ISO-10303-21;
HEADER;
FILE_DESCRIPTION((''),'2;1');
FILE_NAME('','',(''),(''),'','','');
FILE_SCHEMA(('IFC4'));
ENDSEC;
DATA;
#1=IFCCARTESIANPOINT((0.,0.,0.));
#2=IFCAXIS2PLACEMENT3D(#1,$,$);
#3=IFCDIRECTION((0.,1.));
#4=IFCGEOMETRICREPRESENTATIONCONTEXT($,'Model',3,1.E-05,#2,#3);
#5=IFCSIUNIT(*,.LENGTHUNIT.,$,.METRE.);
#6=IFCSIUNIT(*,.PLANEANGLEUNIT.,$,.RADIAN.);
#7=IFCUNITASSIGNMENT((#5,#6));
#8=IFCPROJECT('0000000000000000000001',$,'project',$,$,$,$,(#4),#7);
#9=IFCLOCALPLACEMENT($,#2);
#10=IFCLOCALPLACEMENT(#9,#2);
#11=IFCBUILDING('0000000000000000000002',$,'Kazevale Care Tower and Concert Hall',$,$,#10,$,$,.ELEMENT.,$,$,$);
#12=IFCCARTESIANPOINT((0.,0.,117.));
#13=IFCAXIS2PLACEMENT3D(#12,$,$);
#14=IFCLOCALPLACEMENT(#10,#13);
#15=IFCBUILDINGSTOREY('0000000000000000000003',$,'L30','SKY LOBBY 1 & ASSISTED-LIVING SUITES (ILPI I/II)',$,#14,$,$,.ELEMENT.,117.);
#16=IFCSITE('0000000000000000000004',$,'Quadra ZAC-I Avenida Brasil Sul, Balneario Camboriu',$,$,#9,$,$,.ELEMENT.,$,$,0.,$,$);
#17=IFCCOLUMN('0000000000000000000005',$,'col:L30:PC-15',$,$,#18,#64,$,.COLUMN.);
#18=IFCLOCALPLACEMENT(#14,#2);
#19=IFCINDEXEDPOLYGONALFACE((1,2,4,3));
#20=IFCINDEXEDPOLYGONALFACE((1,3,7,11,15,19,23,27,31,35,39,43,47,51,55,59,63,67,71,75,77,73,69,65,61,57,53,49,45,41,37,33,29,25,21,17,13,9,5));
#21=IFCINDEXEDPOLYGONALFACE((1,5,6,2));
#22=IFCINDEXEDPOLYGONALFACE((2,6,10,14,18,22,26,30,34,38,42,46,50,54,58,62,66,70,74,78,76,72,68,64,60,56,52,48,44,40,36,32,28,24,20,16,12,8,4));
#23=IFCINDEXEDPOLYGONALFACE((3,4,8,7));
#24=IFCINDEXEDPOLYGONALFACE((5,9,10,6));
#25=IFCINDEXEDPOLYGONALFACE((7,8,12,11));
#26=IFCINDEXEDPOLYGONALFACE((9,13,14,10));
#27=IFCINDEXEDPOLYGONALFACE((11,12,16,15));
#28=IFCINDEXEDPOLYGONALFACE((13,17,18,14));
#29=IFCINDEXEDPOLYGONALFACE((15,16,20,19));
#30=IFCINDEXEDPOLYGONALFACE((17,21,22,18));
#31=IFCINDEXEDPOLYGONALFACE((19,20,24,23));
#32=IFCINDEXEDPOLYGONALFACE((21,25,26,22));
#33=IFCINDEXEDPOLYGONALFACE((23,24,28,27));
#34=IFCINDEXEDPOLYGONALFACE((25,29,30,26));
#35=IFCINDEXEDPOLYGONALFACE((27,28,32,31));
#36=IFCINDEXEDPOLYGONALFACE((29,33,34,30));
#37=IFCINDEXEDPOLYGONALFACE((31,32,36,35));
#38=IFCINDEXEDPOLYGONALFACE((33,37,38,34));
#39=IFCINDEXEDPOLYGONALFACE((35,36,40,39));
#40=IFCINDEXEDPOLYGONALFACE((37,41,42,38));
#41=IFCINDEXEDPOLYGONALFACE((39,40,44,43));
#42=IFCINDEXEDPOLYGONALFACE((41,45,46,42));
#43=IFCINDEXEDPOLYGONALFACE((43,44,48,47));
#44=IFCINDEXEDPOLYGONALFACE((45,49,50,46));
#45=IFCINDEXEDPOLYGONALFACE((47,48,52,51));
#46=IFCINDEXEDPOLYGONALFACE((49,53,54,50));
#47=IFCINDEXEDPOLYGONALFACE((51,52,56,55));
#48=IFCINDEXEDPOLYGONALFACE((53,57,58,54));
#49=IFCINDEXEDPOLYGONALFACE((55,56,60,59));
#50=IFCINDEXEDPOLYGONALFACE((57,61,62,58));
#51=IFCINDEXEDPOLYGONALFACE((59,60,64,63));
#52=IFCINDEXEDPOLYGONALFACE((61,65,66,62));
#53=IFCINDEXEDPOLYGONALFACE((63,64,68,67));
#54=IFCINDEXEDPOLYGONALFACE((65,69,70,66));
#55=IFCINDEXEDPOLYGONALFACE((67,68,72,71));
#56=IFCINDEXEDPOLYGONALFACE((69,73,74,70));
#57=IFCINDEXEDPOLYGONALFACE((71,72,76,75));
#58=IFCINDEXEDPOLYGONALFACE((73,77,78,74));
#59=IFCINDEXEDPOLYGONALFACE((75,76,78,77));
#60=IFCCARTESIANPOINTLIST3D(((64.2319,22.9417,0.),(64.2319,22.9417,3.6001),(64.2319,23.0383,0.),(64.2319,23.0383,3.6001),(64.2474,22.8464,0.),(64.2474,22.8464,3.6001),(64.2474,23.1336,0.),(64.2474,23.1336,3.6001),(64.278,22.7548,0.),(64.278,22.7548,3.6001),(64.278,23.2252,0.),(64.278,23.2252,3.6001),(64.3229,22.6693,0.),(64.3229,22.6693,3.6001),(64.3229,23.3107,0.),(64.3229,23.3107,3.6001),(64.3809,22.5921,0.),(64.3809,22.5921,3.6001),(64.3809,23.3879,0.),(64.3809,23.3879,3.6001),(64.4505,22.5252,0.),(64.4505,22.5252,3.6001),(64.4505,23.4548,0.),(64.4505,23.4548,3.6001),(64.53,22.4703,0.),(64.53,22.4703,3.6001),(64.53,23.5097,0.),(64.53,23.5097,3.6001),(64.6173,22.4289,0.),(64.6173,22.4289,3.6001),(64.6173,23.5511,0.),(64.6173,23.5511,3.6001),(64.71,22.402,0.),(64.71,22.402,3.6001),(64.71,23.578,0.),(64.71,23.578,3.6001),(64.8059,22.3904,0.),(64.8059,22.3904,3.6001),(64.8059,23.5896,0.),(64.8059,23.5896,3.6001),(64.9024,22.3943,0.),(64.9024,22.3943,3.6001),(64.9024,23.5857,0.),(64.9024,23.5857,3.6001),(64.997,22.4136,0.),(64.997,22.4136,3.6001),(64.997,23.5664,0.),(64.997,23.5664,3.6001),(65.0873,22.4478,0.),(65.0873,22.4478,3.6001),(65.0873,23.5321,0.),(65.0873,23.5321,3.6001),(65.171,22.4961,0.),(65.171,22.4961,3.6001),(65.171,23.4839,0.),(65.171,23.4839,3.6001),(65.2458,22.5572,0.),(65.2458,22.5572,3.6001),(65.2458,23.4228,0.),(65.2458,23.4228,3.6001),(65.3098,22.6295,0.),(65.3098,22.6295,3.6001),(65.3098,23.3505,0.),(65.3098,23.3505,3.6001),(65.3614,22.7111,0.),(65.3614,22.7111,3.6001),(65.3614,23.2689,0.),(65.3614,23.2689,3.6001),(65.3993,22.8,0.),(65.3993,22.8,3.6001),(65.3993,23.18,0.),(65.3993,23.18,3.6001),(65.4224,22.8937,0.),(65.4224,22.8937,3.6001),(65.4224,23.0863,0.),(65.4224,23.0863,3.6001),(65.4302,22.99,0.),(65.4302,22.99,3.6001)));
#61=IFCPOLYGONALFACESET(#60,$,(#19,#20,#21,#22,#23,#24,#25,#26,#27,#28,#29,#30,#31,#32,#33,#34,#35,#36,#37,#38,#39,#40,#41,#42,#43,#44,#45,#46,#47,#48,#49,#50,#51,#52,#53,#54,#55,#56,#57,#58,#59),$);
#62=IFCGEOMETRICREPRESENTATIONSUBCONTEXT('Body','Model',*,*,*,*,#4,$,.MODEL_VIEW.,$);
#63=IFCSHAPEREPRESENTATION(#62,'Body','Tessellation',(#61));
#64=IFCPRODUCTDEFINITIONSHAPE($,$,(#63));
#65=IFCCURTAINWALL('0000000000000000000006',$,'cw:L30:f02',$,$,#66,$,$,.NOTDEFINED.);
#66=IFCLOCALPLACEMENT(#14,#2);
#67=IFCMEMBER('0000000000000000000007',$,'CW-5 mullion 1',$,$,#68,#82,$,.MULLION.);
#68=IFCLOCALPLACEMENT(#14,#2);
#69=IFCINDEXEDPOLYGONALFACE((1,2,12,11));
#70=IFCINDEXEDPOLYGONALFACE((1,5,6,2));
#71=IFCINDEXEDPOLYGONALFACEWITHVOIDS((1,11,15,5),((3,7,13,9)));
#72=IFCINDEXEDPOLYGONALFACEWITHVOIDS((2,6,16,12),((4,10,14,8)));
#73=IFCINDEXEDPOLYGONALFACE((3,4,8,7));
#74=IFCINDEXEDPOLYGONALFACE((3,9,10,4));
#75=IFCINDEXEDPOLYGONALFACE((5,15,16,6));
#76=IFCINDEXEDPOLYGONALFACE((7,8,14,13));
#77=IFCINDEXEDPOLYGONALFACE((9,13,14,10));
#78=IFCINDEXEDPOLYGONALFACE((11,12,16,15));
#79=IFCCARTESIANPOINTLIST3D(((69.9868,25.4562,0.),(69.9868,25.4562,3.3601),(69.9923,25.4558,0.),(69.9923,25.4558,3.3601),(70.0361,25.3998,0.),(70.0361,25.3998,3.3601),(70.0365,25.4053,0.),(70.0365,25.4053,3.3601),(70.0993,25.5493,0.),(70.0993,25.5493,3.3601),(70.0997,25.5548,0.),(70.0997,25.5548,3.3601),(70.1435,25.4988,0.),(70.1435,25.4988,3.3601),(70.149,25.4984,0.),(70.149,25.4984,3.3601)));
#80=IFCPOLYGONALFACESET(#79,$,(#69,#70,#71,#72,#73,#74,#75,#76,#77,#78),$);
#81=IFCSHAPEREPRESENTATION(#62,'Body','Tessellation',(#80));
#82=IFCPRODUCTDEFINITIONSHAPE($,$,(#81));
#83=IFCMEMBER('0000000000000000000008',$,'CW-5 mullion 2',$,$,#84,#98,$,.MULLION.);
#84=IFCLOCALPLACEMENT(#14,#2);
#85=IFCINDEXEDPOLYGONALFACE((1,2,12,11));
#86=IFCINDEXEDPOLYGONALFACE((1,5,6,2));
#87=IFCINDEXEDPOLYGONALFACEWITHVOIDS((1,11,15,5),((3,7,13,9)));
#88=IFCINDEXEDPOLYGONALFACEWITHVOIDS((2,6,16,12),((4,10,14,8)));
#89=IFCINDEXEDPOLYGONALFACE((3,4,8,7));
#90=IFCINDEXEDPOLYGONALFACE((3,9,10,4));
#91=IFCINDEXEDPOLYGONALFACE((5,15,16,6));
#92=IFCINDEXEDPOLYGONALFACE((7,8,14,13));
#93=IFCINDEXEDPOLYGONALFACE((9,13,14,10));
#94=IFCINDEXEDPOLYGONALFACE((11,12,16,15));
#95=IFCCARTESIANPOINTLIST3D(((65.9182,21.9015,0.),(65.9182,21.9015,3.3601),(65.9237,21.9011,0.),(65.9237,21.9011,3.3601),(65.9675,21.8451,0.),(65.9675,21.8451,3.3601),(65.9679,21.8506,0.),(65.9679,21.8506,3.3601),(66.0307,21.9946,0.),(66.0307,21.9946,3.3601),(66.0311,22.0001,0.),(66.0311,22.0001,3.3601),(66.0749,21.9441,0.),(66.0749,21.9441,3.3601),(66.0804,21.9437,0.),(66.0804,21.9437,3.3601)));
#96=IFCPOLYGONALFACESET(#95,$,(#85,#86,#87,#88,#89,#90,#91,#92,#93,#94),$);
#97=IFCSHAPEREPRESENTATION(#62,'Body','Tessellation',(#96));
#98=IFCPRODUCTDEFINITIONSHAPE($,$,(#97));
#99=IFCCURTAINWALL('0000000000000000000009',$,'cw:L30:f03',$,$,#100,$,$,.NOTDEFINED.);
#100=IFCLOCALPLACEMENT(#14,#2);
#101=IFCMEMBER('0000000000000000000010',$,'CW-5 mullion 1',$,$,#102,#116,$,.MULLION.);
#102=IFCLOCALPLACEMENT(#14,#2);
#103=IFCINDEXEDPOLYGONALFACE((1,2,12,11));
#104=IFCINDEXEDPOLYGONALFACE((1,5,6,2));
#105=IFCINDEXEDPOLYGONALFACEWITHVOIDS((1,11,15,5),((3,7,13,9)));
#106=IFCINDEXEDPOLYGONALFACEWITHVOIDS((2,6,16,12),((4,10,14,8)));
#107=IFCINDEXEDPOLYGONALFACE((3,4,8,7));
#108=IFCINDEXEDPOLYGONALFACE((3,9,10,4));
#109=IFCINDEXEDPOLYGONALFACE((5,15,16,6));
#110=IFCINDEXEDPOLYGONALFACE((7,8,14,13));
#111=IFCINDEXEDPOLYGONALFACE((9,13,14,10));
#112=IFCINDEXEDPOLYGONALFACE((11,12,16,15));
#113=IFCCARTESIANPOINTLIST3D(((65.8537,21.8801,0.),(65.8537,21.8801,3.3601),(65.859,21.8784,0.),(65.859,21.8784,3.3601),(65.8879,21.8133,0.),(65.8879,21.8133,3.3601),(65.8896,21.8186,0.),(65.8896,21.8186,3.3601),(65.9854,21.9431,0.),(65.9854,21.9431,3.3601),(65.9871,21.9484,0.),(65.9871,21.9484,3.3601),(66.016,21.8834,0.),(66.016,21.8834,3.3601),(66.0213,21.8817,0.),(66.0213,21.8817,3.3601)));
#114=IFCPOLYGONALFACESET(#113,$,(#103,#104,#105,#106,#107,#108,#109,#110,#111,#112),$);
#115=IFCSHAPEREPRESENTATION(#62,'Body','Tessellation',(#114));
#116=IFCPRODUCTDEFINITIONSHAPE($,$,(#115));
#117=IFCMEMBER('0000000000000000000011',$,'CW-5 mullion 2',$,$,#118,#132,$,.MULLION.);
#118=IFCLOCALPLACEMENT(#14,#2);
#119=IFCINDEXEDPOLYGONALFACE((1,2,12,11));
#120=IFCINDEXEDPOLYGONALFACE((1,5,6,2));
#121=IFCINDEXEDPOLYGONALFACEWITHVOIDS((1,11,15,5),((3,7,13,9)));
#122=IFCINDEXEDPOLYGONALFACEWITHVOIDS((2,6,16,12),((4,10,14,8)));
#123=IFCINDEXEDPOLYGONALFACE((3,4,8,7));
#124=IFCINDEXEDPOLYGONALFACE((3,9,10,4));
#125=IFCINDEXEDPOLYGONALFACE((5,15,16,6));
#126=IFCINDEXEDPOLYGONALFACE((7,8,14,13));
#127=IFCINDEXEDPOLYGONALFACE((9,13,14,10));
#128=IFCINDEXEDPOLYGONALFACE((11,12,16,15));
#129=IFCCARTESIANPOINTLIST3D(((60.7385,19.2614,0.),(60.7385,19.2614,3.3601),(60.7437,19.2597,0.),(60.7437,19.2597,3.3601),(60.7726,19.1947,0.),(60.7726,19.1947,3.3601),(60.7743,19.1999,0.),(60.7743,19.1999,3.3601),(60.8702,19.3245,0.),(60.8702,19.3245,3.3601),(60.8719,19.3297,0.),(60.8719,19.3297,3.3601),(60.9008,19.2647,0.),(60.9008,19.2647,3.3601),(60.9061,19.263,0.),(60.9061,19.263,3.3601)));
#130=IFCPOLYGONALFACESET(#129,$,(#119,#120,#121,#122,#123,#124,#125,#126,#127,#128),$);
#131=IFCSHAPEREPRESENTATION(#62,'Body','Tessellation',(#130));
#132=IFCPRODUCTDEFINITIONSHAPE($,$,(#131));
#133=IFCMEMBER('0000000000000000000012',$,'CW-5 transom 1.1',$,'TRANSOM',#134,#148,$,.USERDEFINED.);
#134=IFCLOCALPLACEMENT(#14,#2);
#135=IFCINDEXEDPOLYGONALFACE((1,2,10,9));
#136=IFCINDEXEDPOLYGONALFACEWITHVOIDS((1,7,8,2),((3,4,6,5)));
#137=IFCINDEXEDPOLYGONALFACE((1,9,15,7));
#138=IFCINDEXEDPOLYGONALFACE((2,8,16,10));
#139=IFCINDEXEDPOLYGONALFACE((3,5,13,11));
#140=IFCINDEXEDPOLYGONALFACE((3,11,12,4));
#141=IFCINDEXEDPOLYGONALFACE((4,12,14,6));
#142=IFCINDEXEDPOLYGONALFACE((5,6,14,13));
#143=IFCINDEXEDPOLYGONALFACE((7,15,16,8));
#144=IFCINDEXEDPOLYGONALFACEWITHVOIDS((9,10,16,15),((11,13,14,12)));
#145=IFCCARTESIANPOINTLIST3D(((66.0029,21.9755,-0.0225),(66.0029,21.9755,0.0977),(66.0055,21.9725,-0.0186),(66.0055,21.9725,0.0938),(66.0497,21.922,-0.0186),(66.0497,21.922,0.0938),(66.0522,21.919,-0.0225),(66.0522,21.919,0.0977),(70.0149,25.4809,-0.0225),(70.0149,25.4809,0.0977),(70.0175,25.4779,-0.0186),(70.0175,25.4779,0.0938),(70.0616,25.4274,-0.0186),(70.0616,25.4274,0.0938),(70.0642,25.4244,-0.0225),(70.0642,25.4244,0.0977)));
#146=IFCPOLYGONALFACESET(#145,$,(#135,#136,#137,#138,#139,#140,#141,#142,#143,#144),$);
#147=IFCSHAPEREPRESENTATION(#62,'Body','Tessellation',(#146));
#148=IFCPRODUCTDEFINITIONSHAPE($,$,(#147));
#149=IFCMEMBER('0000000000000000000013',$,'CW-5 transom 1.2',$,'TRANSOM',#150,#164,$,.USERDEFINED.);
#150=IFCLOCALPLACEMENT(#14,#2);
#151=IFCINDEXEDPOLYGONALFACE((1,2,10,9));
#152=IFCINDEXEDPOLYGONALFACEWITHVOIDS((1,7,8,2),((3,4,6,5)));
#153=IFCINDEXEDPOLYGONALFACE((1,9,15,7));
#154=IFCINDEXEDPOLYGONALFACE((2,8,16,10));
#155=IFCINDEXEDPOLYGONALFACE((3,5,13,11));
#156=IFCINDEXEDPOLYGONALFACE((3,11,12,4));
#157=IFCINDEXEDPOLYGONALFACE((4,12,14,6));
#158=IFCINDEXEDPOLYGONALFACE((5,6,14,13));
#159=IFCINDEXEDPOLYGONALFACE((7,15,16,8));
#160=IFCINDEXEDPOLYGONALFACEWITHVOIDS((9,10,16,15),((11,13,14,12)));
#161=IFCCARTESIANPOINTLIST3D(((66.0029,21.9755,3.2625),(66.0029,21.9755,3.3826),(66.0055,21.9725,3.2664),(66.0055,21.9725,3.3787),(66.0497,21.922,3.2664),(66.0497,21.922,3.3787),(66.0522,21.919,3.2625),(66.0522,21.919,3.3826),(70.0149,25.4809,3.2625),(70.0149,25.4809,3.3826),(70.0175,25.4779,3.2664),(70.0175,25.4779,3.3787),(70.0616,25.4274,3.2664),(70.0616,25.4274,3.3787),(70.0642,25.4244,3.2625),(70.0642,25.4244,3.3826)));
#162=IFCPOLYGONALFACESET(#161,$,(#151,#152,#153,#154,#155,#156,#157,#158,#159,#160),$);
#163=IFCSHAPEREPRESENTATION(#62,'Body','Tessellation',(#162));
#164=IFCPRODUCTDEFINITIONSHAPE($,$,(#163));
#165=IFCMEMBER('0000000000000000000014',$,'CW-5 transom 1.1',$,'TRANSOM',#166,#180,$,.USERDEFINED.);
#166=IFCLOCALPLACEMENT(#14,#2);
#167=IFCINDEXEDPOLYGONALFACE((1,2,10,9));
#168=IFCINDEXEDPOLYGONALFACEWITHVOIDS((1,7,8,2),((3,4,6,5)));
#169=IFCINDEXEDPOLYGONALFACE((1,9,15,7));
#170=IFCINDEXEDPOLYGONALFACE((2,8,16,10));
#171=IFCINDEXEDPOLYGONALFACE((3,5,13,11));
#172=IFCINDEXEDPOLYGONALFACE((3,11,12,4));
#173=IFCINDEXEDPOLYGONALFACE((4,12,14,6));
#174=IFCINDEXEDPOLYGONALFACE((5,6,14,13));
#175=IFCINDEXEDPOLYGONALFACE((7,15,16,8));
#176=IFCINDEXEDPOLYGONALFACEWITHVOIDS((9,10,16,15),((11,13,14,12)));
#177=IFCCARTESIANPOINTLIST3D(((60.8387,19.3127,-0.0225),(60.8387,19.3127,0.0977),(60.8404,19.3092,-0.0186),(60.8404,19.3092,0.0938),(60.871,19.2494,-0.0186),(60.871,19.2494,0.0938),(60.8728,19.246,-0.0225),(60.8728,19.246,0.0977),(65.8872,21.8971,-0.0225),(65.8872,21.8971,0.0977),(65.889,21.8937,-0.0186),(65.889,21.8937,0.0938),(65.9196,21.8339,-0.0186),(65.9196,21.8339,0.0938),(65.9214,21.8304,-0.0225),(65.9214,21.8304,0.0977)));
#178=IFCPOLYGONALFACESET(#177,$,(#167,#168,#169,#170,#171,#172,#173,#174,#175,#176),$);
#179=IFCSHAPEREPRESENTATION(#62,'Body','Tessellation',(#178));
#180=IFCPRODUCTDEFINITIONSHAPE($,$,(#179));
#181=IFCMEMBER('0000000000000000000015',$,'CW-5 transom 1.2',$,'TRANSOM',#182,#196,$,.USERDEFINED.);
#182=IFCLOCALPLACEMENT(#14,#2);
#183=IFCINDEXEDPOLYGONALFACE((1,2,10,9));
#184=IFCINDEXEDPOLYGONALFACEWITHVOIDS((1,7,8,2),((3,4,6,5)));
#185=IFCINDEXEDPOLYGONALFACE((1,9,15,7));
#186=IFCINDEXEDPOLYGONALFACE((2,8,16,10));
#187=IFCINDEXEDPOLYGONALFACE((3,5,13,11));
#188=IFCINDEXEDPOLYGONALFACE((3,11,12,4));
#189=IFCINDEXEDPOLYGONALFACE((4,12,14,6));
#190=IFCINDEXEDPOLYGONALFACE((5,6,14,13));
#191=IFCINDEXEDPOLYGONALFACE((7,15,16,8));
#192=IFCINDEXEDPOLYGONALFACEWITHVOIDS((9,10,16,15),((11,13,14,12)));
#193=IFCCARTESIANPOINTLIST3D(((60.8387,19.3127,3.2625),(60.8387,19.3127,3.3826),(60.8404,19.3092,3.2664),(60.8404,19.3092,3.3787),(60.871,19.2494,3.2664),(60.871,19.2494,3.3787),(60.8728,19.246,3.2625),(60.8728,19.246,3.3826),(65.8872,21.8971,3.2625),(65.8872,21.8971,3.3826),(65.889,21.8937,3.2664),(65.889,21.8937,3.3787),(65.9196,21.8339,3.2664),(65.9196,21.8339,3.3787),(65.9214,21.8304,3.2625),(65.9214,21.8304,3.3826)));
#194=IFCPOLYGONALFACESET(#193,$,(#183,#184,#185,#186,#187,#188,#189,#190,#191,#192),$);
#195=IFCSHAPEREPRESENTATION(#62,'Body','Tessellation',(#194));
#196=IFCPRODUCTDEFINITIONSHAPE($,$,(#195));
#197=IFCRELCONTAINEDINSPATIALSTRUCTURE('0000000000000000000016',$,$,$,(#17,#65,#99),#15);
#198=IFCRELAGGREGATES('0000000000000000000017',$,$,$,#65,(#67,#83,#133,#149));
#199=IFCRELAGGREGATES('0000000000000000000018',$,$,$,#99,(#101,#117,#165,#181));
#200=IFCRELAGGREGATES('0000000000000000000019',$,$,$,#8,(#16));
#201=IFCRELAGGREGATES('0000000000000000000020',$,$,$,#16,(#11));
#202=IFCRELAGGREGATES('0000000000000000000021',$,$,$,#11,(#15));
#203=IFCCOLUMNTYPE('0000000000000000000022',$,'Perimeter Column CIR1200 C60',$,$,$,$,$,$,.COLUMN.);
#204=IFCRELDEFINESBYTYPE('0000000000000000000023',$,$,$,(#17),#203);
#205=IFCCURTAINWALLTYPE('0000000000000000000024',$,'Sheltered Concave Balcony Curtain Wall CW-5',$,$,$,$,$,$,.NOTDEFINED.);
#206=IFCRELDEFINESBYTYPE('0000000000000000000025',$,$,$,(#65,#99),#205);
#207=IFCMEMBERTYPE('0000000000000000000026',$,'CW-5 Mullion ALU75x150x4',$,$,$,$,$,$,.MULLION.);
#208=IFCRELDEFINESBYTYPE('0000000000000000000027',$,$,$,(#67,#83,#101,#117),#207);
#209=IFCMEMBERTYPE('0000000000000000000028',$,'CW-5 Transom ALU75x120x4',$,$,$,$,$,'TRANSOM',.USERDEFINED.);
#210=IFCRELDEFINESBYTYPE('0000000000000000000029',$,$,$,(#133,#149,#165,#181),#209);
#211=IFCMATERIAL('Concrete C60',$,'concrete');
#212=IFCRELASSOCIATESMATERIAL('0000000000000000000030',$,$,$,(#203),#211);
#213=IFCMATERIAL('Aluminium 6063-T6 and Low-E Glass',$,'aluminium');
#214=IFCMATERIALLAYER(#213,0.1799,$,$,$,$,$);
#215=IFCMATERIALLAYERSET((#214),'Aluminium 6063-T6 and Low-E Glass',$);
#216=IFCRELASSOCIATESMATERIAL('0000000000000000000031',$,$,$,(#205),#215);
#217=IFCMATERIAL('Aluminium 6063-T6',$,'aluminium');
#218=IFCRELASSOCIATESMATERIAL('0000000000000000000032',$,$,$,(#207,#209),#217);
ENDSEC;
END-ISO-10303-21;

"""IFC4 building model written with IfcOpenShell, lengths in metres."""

from ifc_helpers import new_model, si_unit, direction, frame, origin, origin_2d, place, context, subcontext, project, spatial, hollow_rectangle, circle, extrude, material, layer, layer_set, material_profile, profile_set, type_object, element, aggregate, save


model = new_model("IFC4")

# Units and contexts
model_context = context("Model", 3, precision=1e-05, world=origin(), true_north=direction((0.0, 1.0)))
body_context = subcontext(model_context, "Body", "Model", "MODEL_VIEW")
ifc_project = project(units=[si_unit("LENGTHUNIT", "METRE"), si_unit("PLANEANGLEUNIT", "RADIAN")], contexts=[model_context])

# Site, building, storey
site_placement = place(None, origin())
site = spatial("IfcSite", under=ifc_project, at=site_placement, Name="Quadra ZAC-I Avenida Brasil Sul, Balneario Camboriu", CompositionType="ELEMENT", RefElevation=0.0)
building_placement = place(site_placement, origin())
building = spatial("IfcBuilding", under=site, at=building_placement, Name="Kazevale Care Tower and Concert Hall", CompositionType="ELEMENT")
storey_placement = place(building_placement, frame((0.0, 0.0, 117.0)))
storey = spatial("IfcBuildingStorey", under=building, at=storey_placement, Name="L30", Description="SKY LOBBY 1 & ASSISTED-LIVING SUITES (ILPI I/II)", CompositionType="ELEMENT", Elevation=117.0)

# Column
ifc_material_1 = material(Name="Concrete C60", Category="concrete")
ifc_material_profile_1 = material_profile(ifc_material_1, circle(Radius=0.6001, at=origin_2d()), Name="RC-CIR1200")
ifc_profile_set_1 = profile_set([ifc_material_profile_1], Name="Concrete C60")
column_type = type_object("IfcColumnType", Name="Perimeter Column CIR1200 C60", PredefinedType="COLUMN", material=ifc_profile_set_1)
column_placement = place(storey_placement, frame((64.8301, 22.99, 0.0), z_axis=(0.0, 0.0, 1.0), x_axis=(1.0, 0.0, 0.0)))
element("IfcColumn", 1, at=column_placement, inside=storey, type_object=column_type, Name="col:L30:PC-15", PredefinedType="COLUMN", context=body_context, shape_type="SweptSolid", body=[
    extrude(circle(Radius=0.6001, at=origin_2d()), origin(), (0.0, 0.0, 1.0), 3.6001),
])

# Curtain walls, members
ifc_material_2 = material(Name="Aluminium 6063-T6 and Low-E Glass", Category="aluminium")
ifc_layer_1 = layer(ifc_material_2, 0.1799)
ifc_layer_set_1 = layer_set([ifc_layer_1], Name="Aluminium 6063-T6 and Low-E Glass")
curtain_wall_type = type_object("IfcCurtainWallType", Name="Sheltered Concave Balcony Curtain Wall CW-5", PredefinedType="NOTDEFINED", material=ifc_layer_set_1)
curtain_wall_1_placement = place(storey_placement, origin())
curtain_wall_1 = element("IfcCurtainWall", 2, at=curtain_wall_1_placement, inside=storey, type_object=curtain_wall_type, Name="cw:L30:f02", PredefinedType="NOTDEFINED")
ifc_material_3 = material(Name="Aluminium 6063-T6", Category="aluminium")
ifc_material_profile_2 = material_profile(ifc_material_3, hollow_rectangle(XDim=0.075, YDim=0.1499, WallThickness=0.0039, at=origin_2d()), Name="ALU75x150x4")
ifc_profile_set_2 = profile_set([ifc_material_profile_2], Name="Aluminium 6063-T6")
member_type_1 = type_object("IfcMemberType", Name="CW-5 Mullion ALU75x150x4", PredefinedType="MULLION", material=ifc_profile_set_2)
member_1_placement = place(storey_placement, frame((70.0679, 25.4773, 0.0), z_axis=(0.0, 0.0, 1.0), x_axis=(0.657949, -0.753063, 0.0)))
member_1 = element("IfcMember", 3, at=member_1_placement, type_object=member_type_1, Name="CW-5 mullion 1", PredefinedType="MULLION", context=body_context, shape_type="SweptSolid", body=[
    extrude(hollow_rectangle(XDim=0.075, YDim=0.1499, WallThickness=0.0039, at=origin_2d()), origin(), (0.0, 0.0, 1.0), 3.3601),
])
member_2_placement = place(storey_placement, frame((65.9993, 21.9226, 0.0), z_axis=(0.0, 0.0, 1.0), x_axis=(0.657949, -0.753063, 0.0)))
member_2 = element("IfcMember", 4, at=member_2_placement, type_object=member_type_1, Name="CW-5 mullion 2", PredefinedType="MULLION", context=body_context, shape_type="SweptSolid", body=[
    extrude(hollow_rectangle(XDim=0.075, YDim=0.1499, WallThickness=0.0039, at=origin_2d()), origin(), (0.0, 0.0, 1.0), 3.3601),
])
curtain_wall_2_placement = place(storey_placement, origin())
curtain_wall_2 = element("IfcCurtainWall", 5, at=curtain_wall_2_placement, inside=storey, type_object=curtain_wall_type, Name="cw:L30:f03", PredefinedType="NOTDEFINED")
member_3_placement = place(storey_placement, frame((65.9375, 21.8809, 0.0), z_axis=(0.0, 0.0, 1.0), x_axis=(0.455713, -0.890127, 0.0)))
member_3 = element("IfcMember", 6, at=member_3_placement, type_object=member_type_1, Name="CW-5 mullion 1", PredefinedType="MULLION", context=body_context, shape_type="SweptSolid", body=[
    extrude(hollow_rectangle(XDim=0.075, YDim=0.1499, WallThickness=0.0039, at=origin_2d()), origin(), (0.0, 0.0, 1.0), 3.3601),
])
member_4_placement = place(storey_placement, frame((60.8223, 19.2622, 0.0), z_axis=(0.0, 0.0, 1.0), x_axis=(0.455713, -0.890127, 0.0)))
member_4 = element("IfcMember", 7, at=member_4_placement, type_object=member_type_1, Name="CW-5 mullion 2", PredefinedType="MULLION", context=body_context, shape_type="SweptSolid", body=[
    extrude(hollow_rectangle(XDim=0.075, YDim=0.1499, WallThickness=0.0039, at=origin_2d()), origin(), (0.0, 0.0, 1.0), 3.3601),
])

# Members
ifc_material_profile_3 = material_profile(ifc_material_3, hollow_rectangle(XDim=0.075, YDim=0.1201, WallThickness=0.0039, at=origin_2d()), Name="ALU75x120x4")
ifc_profile_set_3 = profile_set([ifc_material_profile_3], Name="Aluminium 6063-T6")
member_type_2 = type_object("IfcMemberType", Name="CW-5 Transom ALU75x120x4", ElementType="TRANSOM", PredefinedType="USERDEFINED", material=ifc_profile_set_3)
member_5_placement = place(storey_placement, frame((70.0396, 25.4526, 0.0376), z_axis=(-0.753051, -0.657963, 0.0), x_axis=(0.657963, -0.753051, 0.0)))
member_5 = element("IfcMember", 8, at=member_5_placement, type_object=member_type_2, Name="CW-5 transom 1.1", ObjectType="TRANSOM", PredefinedType="USERDEFINED", context=body_context, shape_type="SweptSolid", body=[
    extrude(hollow_rectangle(XDim=0.075, YDim=0.1201, WallThickness=0.0039, at=origin_2d()), origin(), (0.0, 0.0, 1.0), 5.3276),
])
member_6_placement = place(storey_placement, frame((70.0396, 25.4526, 3.3225), z_axis=(-0.753051, -0.657963, 0.0), x_axis=(0.657963, -0.753051, 0.0)))
member_6 = element("IfcMember", 9, at=member_6_placement, type_object=member_type_2, Name="CW-5 transom 1.2", ObjectType="TRANSOM", PredefinedType="USERDEFINED", context=body_context, shape_type="SweptSolid", body=[
    extrude(hollow_rectangle(XDim=0.075, YDim=0.1201, WallThickness=0.0039, at=origin_2d()), origin(), (0.0, 0.0, 1.0), 5.3276),
])
member_7_placement = place(storey_placement, frame((65.9043, 21.8638, 0.0376), z_axis=(-0.890143, -0.455682, 0.0), x_axis=(0.455682, -0.890143, 0.0)))
member_7 = element("IfcMember", 10, at=member_7_placement, type_object=member_type_2, Name="CW-5 transom 1.1", ObjectType="TRANSOM", PredefinedType="USERDEFINED", context=body_context, shape_type="SweptSolid", body=[
    extrude(hollow_rectangle(XDim=0.075, YDim=0.1201, WallThickness=0.0039, at=origin_2d()), origin(), (0.0, 0.0, 1.0), 5.6716),
])
member_8_placement = place(storey_placement, frame((65.9043, 21.8638, 3.3225), z_axis=(-0.890143, -0.455682, 0.0), x_axis=(0.455682, -0.890143, 0.0)))
member_8 = element("IfcMember", 11, at=member_8_placement, type_object=member_type_2, Name="CW-5 transom 1.2", ObjectType="TRANSOM", PredefinedType="USERDEFINED", context=body_context, shape_type="SweptSolid", body=[
    extrude(hollow_rectangle(XDim=0.075, YDim=0.1201, WallThickness=0.0039, at=origin_2d()), origin(), (0.0, 0.0, 1.0), 5.6716),
])

aggregate(curtain_wall_1, [member_1, member_2, member_5, member_6])
aggregate(curtain_wall_2, [member_3, member_4, member_7, member_8])

save(model, "model.ifc")
